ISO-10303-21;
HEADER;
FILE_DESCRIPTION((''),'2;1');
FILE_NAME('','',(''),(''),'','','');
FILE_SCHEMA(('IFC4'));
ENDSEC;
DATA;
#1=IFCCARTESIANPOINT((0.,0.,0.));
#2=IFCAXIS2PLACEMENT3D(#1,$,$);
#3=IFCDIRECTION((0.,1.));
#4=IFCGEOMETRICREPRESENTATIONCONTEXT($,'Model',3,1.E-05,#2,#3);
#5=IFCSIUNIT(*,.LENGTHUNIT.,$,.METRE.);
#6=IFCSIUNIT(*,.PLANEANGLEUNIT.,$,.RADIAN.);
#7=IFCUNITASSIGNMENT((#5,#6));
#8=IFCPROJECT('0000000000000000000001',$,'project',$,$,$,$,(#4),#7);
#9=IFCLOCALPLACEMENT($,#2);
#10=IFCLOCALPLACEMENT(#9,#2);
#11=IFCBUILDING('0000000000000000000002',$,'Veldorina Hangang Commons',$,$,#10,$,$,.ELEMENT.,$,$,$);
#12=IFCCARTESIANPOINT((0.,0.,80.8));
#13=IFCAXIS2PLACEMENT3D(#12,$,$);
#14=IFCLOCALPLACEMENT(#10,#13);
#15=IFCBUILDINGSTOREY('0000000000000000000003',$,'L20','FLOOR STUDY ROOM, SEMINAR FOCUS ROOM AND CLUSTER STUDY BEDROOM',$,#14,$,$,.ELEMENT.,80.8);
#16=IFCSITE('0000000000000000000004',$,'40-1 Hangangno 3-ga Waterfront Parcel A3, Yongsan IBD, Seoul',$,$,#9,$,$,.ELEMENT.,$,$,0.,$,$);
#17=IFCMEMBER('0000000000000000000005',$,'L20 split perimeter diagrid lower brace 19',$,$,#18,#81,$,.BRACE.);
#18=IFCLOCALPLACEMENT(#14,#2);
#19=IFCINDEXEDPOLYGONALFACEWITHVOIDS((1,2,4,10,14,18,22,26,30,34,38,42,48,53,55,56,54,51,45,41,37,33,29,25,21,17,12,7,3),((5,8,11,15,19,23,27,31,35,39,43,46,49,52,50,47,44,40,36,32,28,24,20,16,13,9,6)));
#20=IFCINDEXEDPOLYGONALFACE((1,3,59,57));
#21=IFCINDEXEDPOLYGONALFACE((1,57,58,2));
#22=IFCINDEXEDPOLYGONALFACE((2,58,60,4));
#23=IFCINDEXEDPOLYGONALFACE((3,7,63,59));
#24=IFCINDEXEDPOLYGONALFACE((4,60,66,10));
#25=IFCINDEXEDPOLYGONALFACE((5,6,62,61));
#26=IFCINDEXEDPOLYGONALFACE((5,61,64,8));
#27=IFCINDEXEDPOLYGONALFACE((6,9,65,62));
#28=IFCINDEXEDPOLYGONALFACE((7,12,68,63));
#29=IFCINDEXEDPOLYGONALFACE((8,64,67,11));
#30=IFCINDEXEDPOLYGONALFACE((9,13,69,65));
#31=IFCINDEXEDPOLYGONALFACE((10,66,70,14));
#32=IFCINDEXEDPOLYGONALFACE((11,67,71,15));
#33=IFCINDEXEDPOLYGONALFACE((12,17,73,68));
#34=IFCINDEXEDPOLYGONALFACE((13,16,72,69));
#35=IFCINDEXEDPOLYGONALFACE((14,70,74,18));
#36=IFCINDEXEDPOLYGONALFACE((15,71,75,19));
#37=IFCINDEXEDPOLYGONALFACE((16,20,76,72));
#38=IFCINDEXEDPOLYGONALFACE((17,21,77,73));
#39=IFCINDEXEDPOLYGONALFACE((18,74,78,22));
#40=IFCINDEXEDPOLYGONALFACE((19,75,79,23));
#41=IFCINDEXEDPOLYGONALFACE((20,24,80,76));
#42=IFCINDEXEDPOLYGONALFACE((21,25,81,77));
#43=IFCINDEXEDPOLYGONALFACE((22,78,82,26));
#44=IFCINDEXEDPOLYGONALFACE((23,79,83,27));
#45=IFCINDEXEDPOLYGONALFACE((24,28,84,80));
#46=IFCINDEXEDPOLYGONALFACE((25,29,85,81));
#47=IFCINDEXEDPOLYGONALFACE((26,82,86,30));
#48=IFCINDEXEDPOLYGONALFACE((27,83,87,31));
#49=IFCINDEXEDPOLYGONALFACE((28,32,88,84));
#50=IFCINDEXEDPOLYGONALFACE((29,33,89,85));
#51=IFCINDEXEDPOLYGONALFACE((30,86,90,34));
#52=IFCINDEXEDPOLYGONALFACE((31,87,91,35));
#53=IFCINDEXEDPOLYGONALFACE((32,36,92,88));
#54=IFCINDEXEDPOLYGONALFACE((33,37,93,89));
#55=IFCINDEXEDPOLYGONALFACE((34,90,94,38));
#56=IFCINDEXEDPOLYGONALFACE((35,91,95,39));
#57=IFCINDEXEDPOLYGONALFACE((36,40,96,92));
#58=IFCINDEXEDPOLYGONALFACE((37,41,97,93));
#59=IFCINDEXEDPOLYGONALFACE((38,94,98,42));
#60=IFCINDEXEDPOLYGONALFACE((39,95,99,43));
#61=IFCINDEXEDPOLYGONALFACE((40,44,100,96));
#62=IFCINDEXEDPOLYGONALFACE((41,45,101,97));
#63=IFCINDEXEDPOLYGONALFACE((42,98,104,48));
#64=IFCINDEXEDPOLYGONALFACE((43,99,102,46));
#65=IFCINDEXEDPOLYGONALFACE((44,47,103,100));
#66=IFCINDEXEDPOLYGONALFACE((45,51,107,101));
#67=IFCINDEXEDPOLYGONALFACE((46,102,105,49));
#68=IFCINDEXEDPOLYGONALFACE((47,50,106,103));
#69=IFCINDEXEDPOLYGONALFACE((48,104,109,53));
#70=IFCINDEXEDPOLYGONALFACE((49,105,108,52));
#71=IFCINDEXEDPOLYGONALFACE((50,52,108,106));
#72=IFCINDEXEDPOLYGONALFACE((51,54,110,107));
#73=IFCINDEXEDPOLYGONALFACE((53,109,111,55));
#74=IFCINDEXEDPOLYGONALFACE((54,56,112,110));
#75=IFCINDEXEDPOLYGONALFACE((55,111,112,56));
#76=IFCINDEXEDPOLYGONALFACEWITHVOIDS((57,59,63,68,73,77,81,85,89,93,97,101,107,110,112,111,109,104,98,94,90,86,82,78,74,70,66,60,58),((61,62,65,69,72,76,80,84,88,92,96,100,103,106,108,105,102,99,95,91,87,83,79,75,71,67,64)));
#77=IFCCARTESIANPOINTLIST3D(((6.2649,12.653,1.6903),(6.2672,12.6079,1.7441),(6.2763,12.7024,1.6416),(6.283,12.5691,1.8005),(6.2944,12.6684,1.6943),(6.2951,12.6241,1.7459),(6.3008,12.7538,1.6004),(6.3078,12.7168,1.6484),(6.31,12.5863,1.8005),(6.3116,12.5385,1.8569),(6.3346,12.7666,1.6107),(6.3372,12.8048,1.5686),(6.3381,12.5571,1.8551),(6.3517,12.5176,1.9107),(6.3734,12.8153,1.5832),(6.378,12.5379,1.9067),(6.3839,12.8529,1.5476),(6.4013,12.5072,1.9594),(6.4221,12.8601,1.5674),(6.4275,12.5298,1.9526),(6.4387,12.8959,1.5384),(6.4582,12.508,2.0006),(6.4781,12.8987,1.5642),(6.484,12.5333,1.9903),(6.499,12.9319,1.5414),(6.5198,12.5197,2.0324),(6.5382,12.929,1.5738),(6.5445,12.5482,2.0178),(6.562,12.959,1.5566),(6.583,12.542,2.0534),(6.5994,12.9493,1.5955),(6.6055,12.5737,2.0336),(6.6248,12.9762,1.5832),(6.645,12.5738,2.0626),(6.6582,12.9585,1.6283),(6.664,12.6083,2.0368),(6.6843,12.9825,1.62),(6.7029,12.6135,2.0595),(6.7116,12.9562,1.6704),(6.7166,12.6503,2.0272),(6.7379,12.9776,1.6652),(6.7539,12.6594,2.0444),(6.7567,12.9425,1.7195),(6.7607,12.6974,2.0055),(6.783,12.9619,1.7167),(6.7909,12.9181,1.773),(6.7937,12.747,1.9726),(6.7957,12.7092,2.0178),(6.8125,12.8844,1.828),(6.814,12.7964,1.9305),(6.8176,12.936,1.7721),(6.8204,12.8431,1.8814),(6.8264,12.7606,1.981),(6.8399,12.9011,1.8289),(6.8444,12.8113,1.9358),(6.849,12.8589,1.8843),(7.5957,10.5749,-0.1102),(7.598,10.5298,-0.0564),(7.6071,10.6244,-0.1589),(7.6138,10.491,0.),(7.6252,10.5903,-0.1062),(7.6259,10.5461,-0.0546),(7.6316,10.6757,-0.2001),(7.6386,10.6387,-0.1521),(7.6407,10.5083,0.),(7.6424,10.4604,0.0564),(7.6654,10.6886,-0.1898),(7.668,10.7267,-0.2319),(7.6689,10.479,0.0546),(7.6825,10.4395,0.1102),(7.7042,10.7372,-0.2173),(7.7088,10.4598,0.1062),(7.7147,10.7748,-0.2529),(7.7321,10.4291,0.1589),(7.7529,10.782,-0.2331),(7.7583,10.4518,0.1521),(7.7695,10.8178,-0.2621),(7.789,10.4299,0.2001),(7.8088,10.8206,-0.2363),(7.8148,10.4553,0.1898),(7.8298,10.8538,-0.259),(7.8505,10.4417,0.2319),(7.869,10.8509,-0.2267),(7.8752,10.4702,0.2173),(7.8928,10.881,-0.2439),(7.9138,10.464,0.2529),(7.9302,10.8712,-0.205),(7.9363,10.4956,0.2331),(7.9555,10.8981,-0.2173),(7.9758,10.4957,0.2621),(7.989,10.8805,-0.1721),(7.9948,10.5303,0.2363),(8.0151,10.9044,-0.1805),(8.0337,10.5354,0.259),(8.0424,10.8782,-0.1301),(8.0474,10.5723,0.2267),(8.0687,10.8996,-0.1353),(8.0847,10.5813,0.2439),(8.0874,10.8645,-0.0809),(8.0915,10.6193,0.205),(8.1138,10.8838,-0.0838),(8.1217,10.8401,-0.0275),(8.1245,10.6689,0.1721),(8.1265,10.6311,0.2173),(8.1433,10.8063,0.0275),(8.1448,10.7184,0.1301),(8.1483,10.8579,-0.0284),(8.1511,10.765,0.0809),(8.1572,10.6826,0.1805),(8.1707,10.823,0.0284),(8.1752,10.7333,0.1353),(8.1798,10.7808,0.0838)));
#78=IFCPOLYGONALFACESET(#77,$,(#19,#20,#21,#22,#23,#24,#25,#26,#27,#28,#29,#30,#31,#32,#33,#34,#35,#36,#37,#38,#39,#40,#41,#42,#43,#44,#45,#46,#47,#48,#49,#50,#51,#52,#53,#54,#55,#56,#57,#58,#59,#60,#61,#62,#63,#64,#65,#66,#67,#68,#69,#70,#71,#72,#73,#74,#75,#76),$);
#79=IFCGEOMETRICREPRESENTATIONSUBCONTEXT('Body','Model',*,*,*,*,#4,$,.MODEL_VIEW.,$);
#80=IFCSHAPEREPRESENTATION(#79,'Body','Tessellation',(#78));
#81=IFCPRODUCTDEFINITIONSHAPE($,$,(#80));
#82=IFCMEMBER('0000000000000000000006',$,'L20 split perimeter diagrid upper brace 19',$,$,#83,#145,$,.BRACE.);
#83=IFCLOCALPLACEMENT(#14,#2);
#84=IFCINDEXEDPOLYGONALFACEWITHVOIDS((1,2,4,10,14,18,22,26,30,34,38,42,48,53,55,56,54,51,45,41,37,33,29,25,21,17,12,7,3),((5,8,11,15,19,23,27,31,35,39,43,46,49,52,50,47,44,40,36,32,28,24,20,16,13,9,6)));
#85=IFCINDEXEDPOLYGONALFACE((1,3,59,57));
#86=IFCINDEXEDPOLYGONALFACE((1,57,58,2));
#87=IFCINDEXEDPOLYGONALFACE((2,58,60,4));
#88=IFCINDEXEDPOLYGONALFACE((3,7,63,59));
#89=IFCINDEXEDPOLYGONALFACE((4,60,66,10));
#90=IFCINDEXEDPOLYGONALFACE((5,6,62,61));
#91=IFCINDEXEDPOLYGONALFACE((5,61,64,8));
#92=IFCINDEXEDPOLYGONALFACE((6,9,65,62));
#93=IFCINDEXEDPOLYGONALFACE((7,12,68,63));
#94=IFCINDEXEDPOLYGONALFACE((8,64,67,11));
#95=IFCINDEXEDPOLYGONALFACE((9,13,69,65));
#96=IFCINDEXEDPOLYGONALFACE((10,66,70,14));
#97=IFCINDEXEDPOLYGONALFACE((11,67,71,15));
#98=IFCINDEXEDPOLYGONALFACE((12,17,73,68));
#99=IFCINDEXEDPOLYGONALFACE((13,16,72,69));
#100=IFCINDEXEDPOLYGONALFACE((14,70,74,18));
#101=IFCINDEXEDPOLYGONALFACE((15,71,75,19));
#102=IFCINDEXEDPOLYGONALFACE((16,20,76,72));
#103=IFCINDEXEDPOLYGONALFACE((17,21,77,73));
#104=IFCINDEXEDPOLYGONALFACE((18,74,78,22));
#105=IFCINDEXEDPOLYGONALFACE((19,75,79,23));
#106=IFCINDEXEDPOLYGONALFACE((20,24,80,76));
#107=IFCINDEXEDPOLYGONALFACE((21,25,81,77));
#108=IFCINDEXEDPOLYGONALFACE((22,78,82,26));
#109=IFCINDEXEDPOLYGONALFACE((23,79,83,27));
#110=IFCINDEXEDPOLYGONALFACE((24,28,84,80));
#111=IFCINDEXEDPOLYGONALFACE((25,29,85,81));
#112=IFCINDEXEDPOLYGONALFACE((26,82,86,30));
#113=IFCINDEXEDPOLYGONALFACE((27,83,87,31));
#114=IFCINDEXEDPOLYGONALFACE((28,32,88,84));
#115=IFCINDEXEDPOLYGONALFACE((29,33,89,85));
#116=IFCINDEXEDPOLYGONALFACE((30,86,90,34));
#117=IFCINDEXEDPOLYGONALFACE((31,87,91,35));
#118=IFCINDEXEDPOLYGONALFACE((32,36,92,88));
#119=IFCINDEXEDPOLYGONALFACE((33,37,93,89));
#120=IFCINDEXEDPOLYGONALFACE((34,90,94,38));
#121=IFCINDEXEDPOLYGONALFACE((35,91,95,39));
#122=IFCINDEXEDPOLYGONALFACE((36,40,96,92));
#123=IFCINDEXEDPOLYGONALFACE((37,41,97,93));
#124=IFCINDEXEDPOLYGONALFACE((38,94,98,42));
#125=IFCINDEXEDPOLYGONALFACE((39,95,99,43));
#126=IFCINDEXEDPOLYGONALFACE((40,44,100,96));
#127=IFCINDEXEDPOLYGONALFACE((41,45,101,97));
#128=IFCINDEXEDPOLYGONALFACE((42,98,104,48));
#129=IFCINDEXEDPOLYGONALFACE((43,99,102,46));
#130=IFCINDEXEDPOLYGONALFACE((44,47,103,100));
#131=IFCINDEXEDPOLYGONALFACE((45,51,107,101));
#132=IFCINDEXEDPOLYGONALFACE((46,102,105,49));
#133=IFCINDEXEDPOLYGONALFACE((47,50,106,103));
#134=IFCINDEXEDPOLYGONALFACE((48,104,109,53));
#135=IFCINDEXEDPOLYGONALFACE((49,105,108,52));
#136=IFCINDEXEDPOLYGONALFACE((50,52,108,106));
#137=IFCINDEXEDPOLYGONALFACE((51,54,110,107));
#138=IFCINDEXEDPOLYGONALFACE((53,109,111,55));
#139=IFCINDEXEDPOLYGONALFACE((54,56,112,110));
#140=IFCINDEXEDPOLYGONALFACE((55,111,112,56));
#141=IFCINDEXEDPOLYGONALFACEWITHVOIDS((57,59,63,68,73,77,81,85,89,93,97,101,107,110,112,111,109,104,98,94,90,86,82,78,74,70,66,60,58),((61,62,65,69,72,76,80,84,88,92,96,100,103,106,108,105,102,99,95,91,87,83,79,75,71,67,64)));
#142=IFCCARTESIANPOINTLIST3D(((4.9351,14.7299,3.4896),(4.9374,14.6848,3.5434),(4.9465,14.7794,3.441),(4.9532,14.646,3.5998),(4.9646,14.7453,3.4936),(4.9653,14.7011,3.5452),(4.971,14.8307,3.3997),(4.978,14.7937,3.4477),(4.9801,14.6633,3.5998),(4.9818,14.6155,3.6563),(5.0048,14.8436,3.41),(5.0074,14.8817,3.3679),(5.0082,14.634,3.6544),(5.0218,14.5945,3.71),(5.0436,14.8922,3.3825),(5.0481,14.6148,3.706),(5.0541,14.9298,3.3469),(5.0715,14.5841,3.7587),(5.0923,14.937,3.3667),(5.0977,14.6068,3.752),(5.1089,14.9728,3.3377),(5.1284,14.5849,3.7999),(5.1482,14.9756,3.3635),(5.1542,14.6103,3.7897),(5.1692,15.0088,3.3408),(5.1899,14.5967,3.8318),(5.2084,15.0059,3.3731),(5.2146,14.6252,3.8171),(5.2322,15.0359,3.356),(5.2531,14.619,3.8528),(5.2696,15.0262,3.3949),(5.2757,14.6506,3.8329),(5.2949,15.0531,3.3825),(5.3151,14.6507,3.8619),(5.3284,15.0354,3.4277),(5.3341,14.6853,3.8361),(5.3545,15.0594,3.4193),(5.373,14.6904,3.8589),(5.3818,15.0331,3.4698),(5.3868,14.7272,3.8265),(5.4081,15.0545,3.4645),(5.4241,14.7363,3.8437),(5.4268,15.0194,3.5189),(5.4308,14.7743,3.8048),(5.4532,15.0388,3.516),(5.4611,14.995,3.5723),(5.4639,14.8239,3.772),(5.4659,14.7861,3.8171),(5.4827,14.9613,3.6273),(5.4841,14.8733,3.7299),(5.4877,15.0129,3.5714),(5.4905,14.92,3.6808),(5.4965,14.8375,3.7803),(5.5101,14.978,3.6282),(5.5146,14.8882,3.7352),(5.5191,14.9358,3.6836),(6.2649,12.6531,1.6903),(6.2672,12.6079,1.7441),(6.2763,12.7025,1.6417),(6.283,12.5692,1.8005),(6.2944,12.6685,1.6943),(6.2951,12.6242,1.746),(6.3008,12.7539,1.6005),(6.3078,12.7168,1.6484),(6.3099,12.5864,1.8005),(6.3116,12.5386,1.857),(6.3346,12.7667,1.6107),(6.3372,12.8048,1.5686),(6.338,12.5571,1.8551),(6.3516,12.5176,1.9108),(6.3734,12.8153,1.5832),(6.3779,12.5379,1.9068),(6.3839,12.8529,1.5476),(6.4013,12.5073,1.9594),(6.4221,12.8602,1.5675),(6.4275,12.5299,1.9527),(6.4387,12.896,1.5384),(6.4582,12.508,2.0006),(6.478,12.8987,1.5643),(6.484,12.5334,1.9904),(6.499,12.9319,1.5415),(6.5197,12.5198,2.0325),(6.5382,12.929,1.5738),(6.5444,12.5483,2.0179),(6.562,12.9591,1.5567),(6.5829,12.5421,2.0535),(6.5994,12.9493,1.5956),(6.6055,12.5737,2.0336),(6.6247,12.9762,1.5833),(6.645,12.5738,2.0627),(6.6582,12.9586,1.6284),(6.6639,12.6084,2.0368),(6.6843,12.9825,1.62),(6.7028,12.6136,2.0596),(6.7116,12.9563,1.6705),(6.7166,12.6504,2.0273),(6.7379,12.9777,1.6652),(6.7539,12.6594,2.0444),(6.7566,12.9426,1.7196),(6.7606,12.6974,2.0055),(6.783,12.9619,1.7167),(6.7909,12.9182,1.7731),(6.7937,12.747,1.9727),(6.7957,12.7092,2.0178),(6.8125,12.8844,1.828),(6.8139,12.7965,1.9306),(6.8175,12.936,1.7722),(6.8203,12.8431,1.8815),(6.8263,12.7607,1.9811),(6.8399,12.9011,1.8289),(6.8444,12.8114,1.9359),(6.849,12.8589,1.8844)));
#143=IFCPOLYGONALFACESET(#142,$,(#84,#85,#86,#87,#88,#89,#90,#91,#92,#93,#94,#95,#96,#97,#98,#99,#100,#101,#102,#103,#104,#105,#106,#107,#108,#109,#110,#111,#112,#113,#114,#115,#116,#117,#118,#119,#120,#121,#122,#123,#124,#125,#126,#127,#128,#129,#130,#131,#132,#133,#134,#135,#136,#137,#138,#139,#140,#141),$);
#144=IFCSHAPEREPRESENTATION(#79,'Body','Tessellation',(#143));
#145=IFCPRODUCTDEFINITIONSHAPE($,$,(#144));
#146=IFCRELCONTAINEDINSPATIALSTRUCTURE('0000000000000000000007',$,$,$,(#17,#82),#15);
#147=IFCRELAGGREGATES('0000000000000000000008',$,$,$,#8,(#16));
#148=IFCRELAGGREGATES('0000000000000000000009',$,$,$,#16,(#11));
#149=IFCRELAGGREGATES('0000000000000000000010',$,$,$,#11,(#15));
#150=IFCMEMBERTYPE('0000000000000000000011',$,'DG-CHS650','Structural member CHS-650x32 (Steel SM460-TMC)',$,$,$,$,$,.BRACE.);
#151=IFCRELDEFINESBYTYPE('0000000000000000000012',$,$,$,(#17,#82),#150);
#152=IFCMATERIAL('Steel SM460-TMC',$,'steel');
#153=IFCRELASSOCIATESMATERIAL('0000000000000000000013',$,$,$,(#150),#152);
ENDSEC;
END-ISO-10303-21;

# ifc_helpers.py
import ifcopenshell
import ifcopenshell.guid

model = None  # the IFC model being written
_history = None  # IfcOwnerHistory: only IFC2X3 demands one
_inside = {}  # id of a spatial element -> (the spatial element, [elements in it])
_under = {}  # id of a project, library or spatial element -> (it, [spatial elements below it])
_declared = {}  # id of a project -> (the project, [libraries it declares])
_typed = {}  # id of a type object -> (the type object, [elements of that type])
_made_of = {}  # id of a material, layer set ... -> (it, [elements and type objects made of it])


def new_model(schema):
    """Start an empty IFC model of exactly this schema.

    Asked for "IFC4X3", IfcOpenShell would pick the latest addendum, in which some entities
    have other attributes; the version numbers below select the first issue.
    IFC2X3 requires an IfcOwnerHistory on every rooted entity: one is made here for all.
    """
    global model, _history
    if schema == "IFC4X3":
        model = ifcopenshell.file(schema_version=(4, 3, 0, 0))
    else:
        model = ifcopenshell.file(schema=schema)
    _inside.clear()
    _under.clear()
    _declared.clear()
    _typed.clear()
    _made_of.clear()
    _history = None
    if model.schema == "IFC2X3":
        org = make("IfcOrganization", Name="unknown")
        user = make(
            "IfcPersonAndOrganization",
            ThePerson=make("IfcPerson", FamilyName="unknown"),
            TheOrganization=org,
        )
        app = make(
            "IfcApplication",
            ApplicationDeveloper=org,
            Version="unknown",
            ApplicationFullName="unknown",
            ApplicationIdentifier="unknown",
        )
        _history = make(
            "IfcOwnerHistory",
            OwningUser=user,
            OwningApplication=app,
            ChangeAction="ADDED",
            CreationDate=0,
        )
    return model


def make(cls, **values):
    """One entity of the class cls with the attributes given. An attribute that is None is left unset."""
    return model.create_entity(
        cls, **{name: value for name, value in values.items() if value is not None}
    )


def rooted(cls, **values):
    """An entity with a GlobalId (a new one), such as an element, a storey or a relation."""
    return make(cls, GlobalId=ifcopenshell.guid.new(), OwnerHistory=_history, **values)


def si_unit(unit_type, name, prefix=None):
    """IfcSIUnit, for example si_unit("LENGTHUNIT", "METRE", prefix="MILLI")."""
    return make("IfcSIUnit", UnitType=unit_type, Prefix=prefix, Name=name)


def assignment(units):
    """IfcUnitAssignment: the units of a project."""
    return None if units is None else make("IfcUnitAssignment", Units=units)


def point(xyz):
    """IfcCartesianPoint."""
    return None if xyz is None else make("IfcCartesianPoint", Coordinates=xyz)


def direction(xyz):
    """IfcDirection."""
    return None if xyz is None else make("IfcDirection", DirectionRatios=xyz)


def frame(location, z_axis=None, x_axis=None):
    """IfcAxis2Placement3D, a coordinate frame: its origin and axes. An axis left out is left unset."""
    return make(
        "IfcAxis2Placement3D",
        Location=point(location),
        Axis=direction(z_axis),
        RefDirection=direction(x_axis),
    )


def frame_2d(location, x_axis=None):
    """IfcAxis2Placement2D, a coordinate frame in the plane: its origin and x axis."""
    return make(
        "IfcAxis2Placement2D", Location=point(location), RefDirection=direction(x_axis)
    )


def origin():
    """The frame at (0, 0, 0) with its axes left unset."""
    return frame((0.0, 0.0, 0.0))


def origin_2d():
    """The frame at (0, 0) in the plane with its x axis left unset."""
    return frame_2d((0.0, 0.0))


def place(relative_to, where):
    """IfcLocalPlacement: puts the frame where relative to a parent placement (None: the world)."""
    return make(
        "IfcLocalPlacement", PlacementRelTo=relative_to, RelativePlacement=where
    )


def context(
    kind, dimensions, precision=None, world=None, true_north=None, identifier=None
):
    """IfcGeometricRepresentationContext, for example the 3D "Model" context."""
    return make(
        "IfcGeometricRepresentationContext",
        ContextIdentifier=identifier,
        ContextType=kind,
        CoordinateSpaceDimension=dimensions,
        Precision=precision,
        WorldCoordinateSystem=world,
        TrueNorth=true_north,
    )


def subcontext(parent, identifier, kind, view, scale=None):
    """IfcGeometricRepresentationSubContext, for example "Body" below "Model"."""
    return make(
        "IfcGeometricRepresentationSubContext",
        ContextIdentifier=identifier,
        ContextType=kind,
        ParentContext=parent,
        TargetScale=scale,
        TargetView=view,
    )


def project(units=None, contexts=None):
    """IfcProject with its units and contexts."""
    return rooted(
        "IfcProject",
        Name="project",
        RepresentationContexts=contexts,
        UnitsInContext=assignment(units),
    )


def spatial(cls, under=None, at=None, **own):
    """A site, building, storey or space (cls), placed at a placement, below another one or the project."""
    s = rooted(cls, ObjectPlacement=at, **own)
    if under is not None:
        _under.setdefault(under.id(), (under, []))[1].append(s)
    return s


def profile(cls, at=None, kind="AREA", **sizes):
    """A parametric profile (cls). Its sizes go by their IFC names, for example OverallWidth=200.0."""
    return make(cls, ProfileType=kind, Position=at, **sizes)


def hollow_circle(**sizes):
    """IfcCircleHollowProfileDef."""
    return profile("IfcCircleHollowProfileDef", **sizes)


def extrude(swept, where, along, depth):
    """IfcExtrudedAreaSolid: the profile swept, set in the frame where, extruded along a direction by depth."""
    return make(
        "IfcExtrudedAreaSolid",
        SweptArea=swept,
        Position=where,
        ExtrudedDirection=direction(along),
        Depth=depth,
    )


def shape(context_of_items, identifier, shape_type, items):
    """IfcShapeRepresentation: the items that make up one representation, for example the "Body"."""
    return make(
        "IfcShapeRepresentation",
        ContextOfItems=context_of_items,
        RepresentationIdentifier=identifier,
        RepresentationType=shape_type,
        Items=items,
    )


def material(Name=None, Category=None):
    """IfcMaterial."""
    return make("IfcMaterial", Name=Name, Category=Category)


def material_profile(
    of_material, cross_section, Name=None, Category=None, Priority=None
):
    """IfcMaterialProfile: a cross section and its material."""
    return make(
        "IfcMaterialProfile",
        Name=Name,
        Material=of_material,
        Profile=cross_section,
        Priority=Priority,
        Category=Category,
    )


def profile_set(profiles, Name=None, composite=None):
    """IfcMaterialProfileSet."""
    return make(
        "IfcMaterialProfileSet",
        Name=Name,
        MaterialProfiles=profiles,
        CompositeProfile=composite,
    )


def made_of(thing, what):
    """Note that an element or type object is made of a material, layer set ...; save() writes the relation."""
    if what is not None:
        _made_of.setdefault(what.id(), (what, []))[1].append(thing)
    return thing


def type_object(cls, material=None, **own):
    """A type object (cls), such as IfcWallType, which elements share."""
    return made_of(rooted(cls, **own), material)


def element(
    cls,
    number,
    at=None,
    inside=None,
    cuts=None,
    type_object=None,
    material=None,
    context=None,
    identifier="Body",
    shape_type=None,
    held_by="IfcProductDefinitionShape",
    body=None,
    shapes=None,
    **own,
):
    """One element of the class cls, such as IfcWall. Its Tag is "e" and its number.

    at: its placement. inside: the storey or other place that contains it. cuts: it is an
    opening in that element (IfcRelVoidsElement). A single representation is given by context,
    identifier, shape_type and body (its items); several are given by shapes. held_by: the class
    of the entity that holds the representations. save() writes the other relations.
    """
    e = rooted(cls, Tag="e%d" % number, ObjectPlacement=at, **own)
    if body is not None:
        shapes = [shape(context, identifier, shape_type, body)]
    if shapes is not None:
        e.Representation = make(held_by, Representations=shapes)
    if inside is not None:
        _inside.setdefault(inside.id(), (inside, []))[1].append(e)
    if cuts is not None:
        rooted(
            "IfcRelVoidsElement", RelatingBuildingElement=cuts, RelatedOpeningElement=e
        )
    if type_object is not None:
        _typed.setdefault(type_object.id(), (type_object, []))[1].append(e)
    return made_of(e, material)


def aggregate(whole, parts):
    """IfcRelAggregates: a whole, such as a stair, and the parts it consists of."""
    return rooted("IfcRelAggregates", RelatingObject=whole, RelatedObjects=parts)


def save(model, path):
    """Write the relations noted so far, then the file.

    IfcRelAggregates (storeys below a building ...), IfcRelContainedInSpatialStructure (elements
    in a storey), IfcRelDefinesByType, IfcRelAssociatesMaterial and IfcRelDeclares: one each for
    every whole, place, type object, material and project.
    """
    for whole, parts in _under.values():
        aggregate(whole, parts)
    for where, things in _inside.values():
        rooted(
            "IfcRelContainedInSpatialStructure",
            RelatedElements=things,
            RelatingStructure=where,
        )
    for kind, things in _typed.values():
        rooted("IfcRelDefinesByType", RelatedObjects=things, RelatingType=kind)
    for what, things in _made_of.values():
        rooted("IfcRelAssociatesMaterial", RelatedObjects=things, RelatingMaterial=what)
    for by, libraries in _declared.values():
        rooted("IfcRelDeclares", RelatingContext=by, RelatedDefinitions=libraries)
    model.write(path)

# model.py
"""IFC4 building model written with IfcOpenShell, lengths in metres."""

from ifc_helpers import new_model, si_unit, direction, frame, origin, origin_2d, place, context, subcontext, project, spatial, hollow_circle, extrude, material, material_profile, profile_set, type_object, element, save


model = new_model("IFC4")

# Units and contexts
model_context = context("Model", 3, precision=1e-05, world=origin(), true_north=direction((0.0, 1.0)))
body_context = subcontext(model_context, "Body", "Model", "MODEL_VIEW")
ifc_project = project(units=[si_unit("LENGTHUNIT", "METRE"), si_unit("PLANEANGLEUNIT", "RADIAN")], contexts=[model_context])

# Site, building, storey
site_placement = place(None, origin())
site = spatial("IfcSite", under=ifc_project, at=site_placement, Name="40-1 Hangangno 3-ga Waterfront Parcel A3, Yongsan IBD, Seoul", CompositionType="ELEMENT", RefElevation=0.0)
building_placement = place(site_placement, origin())
building = spatial("IfcBuilding", under=site, at=building_placement, Name="Veldorina Hangang Commons", CompositionType="ELEMENT")
storey_placement = place(building_placement, frame((0.0, 0.0, 80.8)))
storey = spatial("IfcBuildingStorey", under=building, at=storey_placement, Name="L20", Description="FLOOR STUDY ROOM, SEMINAR FOCUS ROOM AND CLUSTER STUDY BEDROOM", CompositionType="ELEMENT", Elevation=80.8)

# Members
ifc_material_1 = material(Name="Steel SM460-TMC", Category="steel")
ifc_material_profile_1 = material_profile(ifc_material_1, hollow_circle(Radius=0.325, WallThickness=0.032, at=origin_2d()), Name="CHS-650x32")
ifc_profile_set_1 = profile_set([ifc_material_profile_1], Name="Steel SM460-TMC")
member_type = type_object("IfcMemberType", Name="DG-CHS650", Description="Structural member CHS-650x32 (Steel SM460-TMC)", PredefinedType="BRACE", material=ifc_profile_set_1)
member_1_placement = place(storey_placement, frame((7.8875, 10.6663, 0.0), z_axis=(-0.435651, 0.680289, 0.589419), x_axis=(-0.842122, -0.539287, 0.0)))
element("IfcMember", 1, at=member_1_placement, inside=storey, type_object=member_type, Name="L20 split perimeter diagrid lower brace 19", PredefinedType="BRACE", context=body_context, shape_type="SweptSolid", body=[
    extrude(hollow_circle(Radius=0.325, WallThickness=0.032, at=origin_2d()), origin(), (0.0, 0.0, 1.0), 3.0547),
])
member_2_placement = place(storey_placement, frame((6.5566, 12.7444, 1.8005), z_axis=(-0.435613, 0.68033, 0.589401), x_axis=(-0.842158, -0.539231, 0.0)))
element("IfcMember", 2, at=member_2_placement, inside=storey, type_object=member_type, Name="L20 split perimeter diagrid upper brace 19", PredefinedType="BRACE", context=body_context, shape_type="SweptSolid", body=[
    extrude(hollow_circle(Radius=0.325, WallThickness=0.032, at=origin_2d()), origin(), (0.0, 0.0, 1.0), 3.0527),
])

save(model, "model.ifc")
